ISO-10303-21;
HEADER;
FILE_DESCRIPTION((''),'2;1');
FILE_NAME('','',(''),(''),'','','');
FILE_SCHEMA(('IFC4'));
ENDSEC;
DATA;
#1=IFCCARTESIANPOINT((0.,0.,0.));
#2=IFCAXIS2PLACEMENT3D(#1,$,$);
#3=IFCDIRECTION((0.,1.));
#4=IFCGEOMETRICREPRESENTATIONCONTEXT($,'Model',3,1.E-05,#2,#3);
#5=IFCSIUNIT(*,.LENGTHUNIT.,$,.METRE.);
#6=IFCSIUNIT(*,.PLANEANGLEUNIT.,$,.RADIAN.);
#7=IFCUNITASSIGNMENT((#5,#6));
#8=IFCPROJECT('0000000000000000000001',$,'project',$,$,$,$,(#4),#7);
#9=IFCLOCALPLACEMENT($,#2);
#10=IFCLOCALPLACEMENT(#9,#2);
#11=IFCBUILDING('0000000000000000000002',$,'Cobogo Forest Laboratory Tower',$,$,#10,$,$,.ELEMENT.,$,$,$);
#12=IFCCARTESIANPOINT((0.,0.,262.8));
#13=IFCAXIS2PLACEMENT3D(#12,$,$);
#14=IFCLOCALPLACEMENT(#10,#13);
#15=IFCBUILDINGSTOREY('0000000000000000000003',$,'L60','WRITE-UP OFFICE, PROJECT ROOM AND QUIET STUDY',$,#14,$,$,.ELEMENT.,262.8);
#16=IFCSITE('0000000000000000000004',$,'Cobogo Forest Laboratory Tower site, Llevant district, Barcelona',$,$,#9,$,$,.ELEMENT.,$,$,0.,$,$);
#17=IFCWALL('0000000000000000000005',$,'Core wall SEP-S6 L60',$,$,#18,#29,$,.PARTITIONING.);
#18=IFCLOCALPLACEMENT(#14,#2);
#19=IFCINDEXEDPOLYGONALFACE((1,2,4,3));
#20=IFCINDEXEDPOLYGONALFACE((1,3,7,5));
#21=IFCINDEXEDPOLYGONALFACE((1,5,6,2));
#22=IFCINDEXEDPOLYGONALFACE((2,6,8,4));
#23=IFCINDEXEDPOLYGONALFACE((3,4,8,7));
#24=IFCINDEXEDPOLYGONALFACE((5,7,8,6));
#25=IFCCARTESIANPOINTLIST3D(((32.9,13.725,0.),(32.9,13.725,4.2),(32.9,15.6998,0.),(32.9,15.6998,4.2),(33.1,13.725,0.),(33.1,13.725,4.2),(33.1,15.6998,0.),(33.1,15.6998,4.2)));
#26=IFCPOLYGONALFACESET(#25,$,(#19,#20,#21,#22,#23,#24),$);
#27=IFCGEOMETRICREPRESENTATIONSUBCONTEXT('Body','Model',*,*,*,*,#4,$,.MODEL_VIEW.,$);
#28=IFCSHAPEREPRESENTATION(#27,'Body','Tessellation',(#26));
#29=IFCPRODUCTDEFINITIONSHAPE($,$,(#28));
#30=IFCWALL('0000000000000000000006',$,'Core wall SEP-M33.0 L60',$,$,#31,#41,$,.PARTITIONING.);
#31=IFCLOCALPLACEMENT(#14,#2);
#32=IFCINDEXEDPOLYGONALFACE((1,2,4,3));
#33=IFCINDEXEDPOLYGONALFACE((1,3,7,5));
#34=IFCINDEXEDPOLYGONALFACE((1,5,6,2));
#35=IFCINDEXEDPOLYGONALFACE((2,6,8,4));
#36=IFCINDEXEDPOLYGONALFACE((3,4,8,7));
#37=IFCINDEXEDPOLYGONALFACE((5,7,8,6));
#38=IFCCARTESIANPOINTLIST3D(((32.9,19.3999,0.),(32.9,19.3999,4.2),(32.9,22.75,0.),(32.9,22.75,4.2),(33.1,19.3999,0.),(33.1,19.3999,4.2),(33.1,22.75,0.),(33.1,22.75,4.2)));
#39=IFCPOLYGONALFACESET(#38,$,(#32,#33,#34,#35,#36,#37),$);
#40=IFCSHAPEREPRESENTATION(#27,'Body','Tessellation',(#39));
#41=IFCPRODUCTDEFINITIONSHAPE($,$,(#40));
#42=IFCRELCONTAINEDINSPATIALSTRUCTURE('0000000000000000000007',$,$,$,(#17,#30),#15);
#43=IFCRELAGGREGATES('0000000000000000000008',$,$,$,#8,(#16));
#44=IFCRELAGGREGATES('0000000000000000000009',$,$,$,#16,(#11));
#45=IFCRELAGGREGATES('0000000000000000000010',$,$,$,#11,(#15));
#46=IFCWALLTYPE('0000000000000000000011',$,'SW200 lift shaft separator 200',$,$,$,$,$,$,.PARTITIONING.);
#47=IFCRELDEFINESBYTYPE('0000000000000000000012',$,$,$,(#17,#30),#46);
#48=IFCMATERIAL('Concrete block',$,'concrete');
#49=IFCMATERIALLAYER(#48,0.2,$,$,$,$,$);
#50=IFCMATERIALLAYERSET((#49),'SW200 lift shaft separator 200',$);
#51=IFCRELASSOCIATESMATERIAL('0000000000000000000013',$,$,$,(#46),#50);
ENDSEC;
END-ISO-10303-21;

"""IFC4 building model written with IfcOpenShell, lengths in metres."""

from ifc_helpers import new_model, si_unit, direction, frame, frame_2d, origin, place, context, subcontext, project, spatial, rectangle, extrude, material, layer, layer_set, type_object, element, save


model = new_model("IFC4")

# Units and contexts
model_context = context("Model", 3, precision=1e-05, world=origin(), true_north=direction((0.0, 1.0)))
body_context = subcontext(model_context, "Body", "Model", "MODEL_VIEW")
ifc_project = project(units=[si_unit("LENGTHUNIT", "METRE"), si_unit("PLANEANGLEUNIT", "RADIAN")], contexts=[model_context])

# Site, building, storey
site_placement = place(None, origin())
site = spatial("IfcSite", under=ifc_project, at=site_placement, Name="Cobogo Forest Laboratory Tower site, Llevant district, Barcelona", CompositionType="ELEMENT", RefElevation=0.0)
building_placement = place(site_placement, origin())
building = spatial("IfcBuilding", under=site, at=building_placement, Name="Cobogo Forest Laboratory Tower", CompositionType="ELEMENT")
storey_placement = place(building_placement, frame((0.0, 0.0, 262.8)))
storey = spatial("IfcBuildingStorey", under=building, at=storey_placement, Name="L60", Description="WRITE-UP OFFICE, PROJECT ROOM AND QUIET STUDY", CompositionType="ELEMENT", Elevation=262.8)

# Walls
ifc_material_1 = material(Name="Concrete block", Category="concrete")
ifc_layer_1 = layer(ifc_material_1, 0.2)
ifc_layer_set_1 = layer_set([ifc_layer_1], Name="SW200 lift shaft separator 200")
wall_type_1 = type_object("IfcWallType", Name="SW200 lift shaft separator 200", PredefinedType="PARTITIONING", material=ifc_layer_set_1)
for number, where, z_axis, x_axis, name in (
    (1, (33.0, 13.7251, 0.0), (0.0, 0.0, 1.0), (0.0, 1.0, 0.0), "Core wall SEP-S6 L60"),
):
    element("IfcWall", number, at=place(storey_placement, frame(where, z_axis=z_axis, x_axis=x_axis)), inside=storey, type_object=wall_type_1, Name=name, PredefinedType="PARTITIONING", context=body_context, shape_type="SweptSolid", body=[
        extrude(rectangle(XDim=1.9749, YDim=0.2, at=frame_2d((0.9873, 0.0))), origin(), (0.0, 0.0, 1.0), 4.2),
    ])
wall_1_placement = place(storey_placement, frame((33.0, 19.3999, 0.0), z_axis=(0.0, 0.0, 1.0), x_axis=(0.0, 1.0, 0.0)))
element("IfcWall", 2, at=wall_1_placement, inside=storey, type_object=wall_type_1, Name="Core wall SEP-M33.0 L60", PredefinedType="PARTITIONING", context=body_context, shape_type="SweptSolid", body=[
    extrude(rectangle(XDim=3.3501, YDim=0.2, at=frame_2d((1.675, 0.0))), origin(), (0.0, 0.0, 1.0), 4.2),
])

save(model, "model.ifc")
